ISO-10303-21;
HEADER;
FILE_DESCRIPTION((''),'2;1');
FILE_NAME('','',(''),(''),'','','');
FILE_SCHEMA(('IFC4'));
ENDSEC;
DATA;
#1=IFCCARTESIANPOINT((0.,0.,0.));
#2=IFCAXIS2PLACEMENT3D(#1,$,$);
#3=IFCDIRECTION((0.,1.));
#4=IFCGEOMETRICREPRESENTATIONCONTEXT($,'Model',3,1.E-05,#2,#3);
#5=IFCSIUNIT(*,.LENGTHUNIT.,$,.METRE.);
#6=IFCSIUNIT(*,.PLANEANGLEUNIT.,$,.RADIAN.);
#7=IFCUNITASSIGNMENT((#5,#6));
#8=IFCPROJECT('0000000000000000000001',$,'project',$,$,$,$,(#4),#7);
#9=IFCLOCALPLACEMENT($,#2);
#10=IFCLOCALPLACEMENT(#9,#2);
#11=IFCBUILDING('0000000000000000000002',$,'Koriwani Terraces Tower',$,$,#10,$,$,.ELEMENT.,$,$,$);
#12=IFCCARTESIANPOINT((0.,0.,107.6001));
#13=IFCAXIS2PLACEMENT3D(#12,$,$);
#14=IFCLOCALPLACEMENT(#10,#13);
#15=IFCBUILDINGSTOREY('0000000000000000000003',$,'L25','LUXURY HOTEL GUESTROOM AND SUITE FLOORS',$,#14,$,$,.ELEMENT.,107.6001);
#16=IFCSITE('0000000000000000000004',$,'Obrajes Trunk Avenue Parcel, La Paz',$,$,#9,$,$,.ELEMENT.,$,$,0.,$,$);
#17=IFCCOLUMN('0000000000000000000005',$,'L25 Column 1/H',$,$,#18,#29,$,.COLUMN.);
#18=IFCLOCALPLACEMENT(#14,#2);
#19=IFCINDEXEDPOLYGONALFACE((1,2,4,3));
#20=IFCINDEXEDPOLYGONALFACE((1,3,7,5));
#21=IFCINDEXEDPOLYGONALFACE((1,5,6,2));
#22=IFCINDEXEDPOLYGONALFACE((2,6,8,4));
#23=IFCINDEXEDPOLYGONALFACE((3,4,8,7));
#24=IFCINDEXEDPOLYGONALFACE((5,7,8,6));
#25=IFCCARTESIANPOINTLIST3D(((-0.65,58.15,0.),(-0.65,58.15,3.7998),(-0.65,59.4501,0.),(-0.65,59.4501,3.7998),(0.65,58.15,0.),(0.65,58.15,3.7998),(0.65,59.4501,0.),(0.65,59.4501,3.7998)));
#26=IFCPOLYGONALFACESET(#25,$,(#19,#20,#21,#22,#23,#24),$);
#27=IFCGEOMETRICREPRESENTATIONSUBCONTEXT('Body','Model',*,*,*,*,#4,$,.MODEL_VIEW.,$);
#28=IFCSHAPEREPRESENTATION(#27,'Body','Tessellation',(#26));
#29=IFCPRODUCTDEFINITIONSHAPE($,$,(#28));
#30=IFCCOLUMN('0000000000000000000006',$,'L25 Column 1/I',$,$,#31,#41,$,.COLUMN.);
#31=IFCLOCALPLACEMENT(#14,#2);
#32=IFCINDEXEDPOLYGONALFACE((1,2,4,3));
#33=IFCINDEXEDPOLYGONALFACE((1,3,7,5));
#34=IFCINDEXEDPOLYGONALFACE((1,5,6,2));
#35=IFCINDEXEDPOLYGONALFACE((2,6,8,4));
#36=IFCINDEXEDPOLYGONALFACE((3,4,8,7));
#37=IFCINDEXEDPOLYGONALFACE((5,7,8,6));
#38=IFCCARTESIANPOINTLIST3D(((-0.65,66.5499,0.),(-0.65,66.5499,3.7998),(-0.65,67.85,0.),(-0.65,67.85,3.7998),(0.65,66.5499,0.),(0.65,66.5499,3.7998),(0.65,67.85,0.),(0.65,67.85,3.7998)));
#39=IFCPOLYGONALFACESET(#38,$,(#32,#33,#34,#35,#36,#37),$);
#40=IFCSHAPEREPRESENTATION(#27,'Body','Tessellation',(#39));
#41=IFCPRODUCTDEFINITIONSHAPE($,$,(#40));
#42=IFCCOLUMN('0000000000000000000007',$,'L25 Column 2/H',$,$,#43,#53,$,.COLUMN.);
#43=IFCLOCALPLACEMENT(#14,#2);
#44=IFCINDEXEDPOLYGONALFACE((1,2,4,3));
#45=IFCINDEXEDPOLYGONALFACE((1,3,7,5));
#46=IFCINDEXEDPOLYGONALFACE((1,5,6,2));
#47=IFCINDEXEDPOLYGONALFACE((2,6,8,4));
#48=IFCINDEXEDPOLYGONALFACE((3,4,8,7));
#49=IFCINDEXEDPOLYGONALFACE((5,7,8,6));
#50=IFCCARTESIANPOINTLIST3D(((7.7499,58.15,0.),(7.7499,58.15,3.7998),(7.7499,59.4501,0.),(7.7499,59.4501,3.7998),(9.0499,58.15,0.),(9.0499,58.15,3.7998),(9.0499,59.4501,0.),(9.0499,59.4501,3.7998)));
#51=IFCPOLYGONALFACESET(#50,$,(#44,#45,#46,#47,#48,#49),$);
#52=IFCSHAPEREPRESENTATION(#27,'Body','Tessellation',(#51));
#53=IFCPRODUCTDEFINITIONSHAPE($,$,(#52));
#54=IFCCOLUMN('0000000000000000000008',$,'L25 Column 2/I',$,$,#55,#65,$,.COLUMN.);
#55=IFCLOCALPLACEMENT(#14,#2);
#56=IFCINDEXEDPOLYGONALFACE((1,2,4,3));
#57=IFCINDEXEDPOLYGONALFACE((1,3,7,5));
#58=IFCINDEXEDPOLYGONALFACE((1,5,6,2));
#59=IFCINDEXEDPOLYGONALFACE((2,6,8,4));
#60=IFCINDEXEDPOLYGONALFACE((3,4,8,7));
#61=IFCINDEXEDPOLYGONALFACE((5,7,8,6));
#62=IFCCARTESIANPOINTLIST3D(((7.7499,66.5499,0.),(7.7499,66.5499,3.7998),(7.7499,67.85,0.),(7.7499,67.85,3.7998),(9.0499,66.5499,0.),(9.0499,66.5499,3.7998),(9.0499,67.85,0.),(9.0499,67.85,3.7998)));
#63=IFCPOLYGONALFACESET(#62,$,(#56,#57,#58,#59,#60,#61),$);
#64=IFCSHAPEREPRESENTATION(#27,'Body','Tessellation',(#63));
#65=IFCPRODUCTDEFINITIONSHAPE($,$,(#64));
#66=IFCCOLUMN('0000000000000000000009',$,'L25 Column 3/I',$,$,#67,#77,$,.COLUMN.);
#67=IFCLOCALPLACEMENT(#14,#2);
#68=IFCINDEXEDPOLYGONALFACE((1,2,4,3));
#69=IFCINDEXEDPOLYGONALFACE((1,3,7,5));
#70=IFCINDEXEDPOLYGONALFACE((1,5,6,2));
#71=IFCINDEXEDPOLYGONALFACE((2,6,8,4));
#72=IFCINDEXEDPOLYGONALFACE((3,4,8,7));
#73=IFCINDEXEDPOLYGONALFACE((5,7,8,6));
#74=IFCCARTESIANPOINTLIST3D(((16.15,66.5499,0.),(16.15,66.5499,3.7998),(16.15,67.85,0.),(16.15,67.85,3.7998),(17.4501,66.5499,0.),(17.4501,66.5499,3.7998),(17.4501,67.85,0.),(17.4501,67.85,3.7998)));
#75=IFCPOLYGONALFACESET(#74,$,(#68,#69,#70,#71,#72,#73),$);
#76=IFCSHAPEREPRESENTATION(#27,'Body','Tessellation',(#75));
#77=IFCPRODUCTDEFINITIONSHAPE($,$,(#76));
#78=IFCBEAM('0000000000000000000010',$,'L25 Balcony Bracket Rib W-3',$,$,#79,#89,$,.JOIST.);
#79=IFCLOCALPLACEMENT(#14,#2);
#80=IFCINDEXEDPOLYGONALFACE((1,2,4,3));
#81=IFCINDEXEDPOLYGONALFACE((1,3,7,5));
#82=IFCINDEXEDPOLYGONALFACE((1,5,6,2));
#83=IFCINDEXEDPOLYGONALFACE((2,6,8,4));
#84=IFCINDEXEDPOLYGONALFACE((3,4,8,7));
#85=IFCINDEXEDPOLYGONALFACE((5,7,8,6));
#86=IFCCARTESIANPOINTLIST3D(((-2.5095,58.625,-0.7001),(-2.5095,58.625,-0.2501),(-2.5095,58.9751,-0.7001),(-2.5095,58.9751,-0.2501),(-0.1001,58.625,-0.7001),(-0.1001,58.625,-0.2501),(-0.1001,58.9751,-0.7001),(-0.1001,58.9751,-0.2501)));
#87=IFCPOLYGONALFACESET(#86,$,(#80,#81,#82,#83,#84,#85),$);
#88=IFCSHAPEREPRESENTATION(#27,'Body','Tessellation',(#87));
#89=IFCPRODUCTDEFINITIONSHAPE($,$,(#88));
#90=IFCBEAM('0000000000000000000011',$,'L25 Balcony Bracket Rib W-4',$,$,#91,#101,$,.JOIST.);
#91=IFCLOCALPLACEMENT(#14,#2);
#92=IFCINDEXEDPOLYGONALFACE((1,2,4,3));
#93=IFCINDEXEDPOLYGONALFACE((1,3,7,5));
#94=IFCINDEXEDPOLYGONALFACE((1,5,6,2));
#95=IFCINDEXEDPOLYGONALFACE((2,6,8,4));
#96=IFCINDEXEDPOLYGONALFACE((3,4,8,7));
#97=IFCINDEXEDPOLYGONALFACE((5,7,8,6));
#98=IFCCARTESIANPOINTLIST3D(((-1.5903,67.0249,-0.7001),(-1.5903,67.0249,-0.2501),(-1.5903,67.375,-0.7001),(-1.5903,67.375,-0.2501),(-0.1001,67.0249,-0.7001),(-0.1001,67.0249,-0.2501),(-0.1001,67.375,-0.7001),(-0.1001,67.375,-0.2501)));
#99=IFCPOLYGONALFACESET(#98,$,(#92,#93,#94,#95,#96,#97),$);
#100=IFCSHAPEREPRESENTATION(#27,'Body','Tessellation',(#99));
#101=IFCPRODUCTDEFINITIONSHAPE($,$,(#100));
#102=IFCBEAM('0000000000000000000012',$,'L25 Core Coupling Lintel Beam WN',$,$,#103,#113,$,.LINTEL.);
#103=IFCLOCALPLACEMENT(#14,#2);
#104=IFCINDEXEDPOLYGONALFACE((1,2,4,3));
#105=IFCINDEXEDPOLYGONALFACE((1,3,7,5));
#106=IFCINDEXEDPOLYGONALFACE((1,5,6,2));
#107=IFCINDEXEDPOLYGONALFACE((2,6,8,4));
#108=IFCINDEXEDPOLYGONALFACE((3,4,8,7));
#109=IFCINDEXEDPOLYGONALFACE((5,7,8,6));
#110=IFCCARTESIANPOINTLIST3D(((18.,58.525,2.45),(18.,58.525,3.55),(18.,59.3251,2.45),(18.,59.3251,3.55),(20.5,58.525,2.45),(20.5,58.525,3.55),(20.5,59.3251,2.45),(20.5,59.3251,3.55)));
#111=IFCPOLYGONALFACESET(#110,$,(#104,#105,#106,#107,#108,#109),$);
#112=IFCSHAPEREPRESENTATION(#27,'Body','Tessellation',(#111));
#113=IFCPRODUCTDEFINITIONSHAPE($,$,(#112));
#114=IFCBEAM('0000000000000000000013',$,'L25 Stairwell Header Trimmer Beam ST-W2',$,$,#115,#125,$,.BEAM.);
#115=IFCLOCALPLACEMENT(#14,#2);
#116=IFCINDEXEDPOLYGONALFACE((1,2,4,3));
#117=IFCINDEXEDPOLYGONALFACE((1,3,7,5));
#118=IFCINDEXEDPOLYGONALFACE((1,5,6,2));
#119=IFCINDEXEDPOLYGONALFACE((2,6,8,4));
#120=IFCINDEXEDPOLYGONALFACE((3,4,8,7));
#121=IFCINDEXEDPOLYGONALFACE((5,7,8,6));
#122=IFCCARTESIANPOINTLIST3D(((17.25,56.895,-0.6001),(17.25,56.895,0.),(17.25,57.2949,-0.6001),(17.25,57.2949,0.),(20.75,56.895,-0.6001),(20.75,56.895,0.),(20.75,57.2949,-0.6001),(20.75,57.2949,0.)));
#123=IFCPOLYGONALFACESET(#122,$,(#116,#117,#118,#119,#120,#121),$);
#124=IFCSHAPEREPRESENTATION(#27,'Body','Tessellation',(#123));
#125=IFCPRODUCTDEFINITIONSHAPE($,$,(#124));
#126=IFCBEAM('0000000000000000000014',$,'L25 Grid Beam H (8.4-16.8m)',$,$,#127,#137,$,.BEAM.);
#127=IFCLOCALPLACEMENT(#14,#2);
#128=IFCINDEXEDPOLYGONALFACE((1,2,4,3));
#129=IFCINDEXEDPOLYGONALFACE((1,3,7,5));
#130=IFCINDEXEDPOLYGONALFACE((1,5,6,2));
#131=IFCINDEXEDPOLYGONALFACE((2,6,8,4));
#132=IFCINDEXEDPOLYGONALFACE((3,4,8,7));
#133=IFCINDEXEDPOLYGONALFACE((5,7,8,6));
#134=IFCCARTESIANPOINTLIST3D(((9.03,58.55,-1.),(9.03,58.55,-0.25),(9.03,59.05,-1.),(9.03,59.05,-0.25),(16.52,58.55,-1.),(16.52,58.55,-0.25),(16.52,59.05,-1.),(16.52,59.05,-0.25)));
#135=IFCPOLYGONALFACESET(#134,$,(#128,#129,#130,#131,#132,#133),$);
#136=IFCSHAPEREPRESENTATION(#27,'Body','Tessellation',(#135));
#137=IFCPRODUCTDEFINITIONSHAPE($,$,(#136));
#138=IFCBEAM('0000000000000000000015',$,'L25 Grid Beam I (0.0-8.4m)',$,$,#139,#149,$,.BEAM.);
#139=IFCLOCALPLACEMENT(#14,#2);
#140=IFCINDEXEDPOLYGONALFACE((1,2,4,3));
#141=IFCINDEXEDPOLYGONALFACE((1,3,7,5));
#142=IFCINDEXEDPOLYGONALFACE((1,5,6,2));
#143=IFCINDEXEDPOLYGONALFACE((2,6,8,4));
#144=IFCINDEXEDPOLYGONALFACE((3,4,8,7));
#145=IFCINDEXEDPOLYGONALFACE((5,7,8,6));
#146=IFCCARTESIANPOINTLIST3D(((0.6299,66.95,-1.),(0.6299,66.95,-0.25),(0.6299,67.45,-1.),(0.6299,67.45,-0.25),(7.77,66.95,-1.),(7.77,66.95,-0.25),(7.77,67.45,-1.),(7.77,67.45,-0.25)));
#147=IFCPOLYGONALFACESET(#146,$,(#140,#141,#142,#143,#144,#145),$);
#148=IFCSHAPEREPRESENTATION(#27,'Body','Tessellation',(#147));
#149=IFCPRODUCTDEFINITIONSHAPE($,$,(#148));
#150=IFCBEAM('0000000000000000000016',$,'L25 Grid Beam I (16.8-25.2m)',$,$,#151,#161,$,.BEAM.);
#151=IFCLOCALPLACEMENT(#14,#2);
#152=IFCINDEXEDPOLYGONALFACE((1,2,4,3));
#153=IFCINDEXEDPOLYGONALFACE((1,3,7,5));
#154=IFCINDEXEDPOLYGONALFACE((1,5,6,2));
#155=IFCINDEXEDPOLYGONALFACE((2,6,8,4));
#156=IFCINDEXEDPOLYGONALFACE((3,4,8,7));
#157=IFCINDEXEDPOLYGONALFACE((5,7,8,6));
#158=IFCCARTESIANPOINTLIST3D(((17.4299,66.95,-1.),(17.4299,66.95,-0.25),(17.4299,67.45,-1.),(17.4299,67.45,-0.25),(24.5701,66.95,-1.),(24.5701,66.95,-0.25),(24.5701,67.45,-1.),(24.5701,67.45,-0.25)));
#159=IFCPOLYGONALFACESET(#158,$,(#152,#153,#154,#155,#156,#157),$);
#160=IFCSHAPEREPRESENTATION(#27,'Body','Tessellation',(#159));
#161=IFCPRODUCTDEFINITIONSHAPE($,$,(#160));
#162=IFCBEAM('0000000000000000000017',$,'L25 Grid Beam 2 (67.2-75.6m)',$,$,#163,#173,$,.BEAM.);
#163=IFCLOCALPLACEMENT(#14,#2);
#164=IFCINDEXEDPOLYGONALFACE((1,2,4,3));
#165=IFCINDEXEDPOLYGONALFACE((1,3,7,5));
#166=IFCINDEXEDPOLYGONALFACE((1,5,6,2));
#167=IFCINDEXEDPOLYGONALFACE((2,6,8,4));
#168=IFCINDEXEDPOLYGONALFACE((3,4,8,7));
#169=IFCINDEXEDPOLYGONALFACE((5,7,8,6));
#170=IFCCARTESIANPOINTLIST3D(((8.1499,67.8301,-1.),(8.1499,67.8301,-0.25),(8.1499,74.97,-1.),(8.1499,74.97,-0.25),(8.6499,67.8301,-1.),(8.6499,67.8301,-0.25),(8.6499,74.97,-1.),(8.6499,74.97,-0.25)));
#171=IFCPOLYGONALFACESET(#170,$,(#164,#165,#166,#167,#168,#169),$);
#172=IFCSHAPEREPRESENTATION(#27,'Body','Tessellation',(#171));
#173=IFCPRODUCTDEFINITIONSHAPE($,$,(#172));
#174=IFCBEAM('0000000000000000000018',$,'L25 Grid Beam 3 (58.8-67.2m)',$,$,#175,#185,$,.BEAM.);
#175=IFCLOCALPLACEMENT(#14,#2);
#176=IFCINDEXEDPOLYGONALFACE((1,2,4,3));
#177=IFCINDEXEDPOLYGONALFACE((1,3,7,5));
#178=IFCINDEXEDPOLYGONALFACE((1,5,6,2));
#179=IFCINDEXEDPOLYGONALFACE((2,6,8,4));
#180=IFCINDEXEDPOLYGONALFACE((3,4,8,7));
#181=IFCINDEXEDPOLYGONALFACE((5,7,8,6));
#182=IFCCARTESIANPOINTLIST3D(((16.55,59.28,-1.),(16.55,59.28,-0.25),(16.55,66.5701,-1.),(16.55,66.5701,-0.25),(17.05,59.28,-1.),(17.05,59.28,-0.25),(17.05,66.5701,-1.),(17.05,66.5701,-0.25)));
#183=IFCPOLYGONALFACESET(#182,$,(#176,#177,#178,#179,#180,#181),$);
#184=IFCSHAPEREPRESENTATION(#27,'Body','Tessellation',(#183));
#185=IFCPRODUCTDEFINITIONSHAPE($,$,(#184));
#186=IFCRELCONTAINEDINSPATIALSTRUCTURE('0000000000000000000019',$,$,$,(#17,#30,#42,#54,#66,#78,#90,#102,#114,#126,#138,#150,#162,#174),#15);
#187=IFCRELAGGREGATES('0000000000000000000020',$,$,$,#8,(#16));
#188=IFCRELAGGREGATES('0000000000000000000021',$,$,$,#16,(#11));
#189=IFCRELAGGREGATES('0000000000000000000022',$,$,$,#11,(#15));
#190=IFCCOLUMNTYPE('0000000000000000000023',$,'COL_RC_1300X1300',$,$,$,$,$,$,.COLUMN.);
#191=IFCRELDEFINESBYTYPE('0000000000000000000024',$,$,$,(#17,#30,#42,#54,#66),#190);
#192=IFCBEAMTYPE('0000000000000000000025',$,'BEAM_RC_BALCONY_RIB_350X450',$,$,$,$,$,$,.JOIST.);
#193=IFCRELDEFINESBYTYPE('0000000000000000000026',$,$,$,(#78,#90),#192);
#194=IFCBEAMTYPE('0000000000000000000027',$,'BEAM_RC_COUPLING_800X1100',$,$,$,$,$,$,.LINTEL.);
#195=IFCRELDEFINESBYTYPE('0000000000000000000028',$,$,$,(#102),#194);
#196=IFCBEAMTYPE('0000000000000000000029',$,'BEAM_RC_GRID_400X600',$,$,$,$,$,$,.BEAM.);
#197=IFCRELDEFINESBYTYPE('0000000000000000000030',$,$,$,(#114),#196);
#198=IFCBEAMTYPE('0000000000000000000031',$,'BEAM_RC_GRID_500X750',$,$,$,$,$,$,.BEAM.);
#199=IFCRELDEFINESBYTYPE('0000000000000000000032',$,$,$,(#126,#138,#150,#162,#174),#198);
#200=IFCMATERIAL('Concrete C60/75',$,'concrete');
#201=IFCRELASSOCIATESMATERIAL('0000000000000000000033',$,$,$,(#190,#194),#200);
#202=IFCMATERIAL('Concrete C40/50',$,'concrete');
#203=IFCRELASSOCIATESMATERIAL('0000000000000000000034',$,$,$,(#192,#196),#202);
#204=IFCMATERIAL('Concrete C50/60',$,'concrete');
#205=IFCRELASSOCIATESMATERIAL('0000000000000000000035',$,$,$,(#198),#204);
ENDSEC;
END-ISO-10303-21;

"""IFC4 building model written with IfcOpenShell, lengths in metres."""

from ifc_helpers import new_model, si_unit, direction, frame, origin, origin_2d, place, context, subcontext, project, spatial, rectangle, extrude, material, material_profile, profile_set, type_object, element, save


model = new_model("IFC4")

# Units and contexts
model_context = context("Model", 3, precision=1e-05, world=origin(), true_north=direction((0.0, 1.0)))
body_context = subcontext(model_context, "Body", "Model", "MODEL_VIEW")
ifc_project = project(units=[si_unit("LENGTHUNIT", "METRE"), si_unit("PLANEANGLEUNIT", "RADIAN")], contexts=[model_context])

# Site, building, storey
site_placement = place(None, origin())
site = spatial("IfcSite", under=ifc_project, at=site_placement, Name="Obrajes Trunk Avenue Parcel, La Paz", CompositionType="ELEMENT", RefElevation=0.0)
building_placement = place(site_placement, origin())
building = spatial("IfcBuilding", under=site, at=building_placement, Name="Koriwani Terraces Tower", CompositionType="ELEMENT")
storey_placement = place(building_placement, frame((0.0, 0.0, 107.6001)))
storey = spatial("IfcBuildingStorey", under=building, at=storey_placement, Name="L25", Description="LUXURY HOTEL GUESTROOM AND SUITE FLOORS", CompositionType="ELEMENT", Elevation=107.6001)

# Columns
ifc_material_1 = material(Name="Concrete C60/75", Category="concrete")
ifc_material_profile_1 = material_profile(ifc_material_1, rectangle(XDim=1.3, YDim=1.3, at=origin_2d()), Name="Concrete C60/75", Category="LoadBearing")
ifc_profile_set_1 = profile_set([ifc_material_profile_1], Name="Concrete C60/75")
column_type = type_object("IfcColumnType", Name="COL_RC_1300X1300", PredefinedType="COLUMN", material=ifc_profile_set_1)
for number, where, z_axis, x_axis, name in (
    (1, (0.0, 58.8, 0.0), (0.0, 0.0, 1.0), (1.0, 0.0, 0.0), "L25 Column 1/H"),
    (2, (0.0, 67.2, 0.0), (0.0, 0.0, 1.0), (1.0, 0.0, 0.0), "L25 Column 1/I"),
    (3, (8.3999, 58.8, 0.0), (0.0, 0.0, 1.0), (1.0, 0.0, 0.0), "L25 Column 2/H"),
    (4, (8.3999, 67.2, 0.0), (0.0, 0.0, 1.0), (1.0, 0.0, 0.0), "L25 Column 2/I"),
    (5, (16.8, 67.2, 0.0), (0.0, 0.0, 1.0), (1.0, 0.0, 0.0), "L25 Column 3/I"),
):
    element("IfcColumn", number, at=place(storey_placement, frame(where, z_axis=z_axis, x_axis=x_axis)), inside=storey, type_object=column_type, Name=name, PredefinedType="COLUMN", context=body_context, shape_type="SweptSolid", body=[
        extrude(rectangle(XDim=1.3, YDim=1.3, at=origin_2d()), origin(), (0.0, 0.0, 1.0), 3.7998),
    ])

# Beams
ifc_material_2 = material(Name="Concrete C40/50", Category="concrete")
ifc_material_profile_2 = material_profile(ifc_material_2, rectangle(XDim=0.3501, YDim=0.45, at=origin_2d()), Name="Concrete C40/50", Category="LoadBearing")
ifc_profile_set_2 = profile_set([ifc_material_profile_2], Name="Concrete C40/50")
beam_type_1 = type_object("IfcBeamType", Name="BEAM_RC_BALCONY_RIB_350X450", PredefinedType="JOIST", material=ifc_profile_set_2)
beam_1_placement = place(storey_placement, frame((-2.5095, 58.8, -0.4751), z_axis=(1.0, 0.0, 0.0), x_axis=(0.0, 1.0, 0.0)))
element("IfcBeam", 6, at=beam_1_placement, inside=storey, type_object=beam_type_1, Name="L25 Balcony Bracket Rib W-3", PredefinedType="JOIST", context=body_context, shape_type="SweptSolid", body=[
    extrude(rectangle(XDim=0.3501, YDim=0.45, at=origin_2d()), origin(), (0.0, 0.0, 1.0), 2.4094),
])
beam_2_placement = place(storey_placement, frame((-1.5903, 67.2, -0.4751), z_axis=(1.0, 0.0, 0.0), x_axis=(0.0, 1.0, 0.0)))
element("IfcBeam", 7, at=beam_2_placement, inside=storey, type_object=beam_type_1, Name="L25 Balcony Bracket Rib W-4", PredefinedType="JOIST", context=body_context, shape_type="SweptSolid", body=[
    extrude(rectangle(XDim=0.3501, YDim=0.45, at=origin_2d()), origin(), (0.0, 0.0, 1.0), 1.4902),
])
ifc_material_profile_3 = material_profile(ifc_material_1, rectangle(XDim=0.8, YDim=1.1001, at=origin_2d()), Name="Concrete C60/75", Category="LoadBearing")
ifc_profile_set_3 = profile_set([ifc_material_profile_3], Name="Concrete C60/75")
beam_type_2 = type_object("IfcBeamType", Name="BEAM_RC_COUPLING_800X1100", PredefinedType="LINTEL", material=ifc_profile_set_3)
beam_3_placement = place(storey_placement, frame((18.0, 58.925, 3.0), z_axis=(1.0, 0.0, 0.0), x_axis=(0.0, 1.0, 0.0)))
element("IfcBeam", 8, at=beam_3_placement, inside=storey, type_object=beam_type_2, Name="L25 Core Coupling Lintel Beam WN", PredefinedType="LINTEL", context=body_context, shape_type="SweptSolid", body=[
    extrude(rectangle(XDim=0.8, YDim=1.1001, at=origin_2d()), origin(), (0.0, 0.0, 1.0), 2.5),
])
ifc_material_profile_4 = material_profile(ifc_material_2, rectangle(XDim=0.3999, YDim=0.6001, at=origin_2d()), Name="Concrete C40/50", Category="LoadBearing")
ifc_profile_set_4 = profile_set([ifc_material_profile_4], Name="Concrete C40/50")
beam_type_3 = type_object("IfcBeamType", Name="BEAM_RC_GRID_400X600", PredefinedType="BEAM", material=ifc_profile_set_4)
beam_4_placement = place(storey_placement, frame((17.25, 57.095, -0.3), z_axis=(1.0, 0.0, 0.0), x_axis=(0.0, 1.0, 0.0)))
element("IfcBeam", 9, at=beam_4_placement, inside=storey, type_object=beam_type_3, Name="L25 Stairwell Header Trimmer Beam ST-W2", PredefinedType="BEAM", context=body_context, shape_type="SweptSolid", body=[
    extrude(rectangle(XDim=0.3999, YDim=0.6001, at=origin_2d()), origin(), (0.0, 0.0, 1.0), 3.5),
])
ifc_material_3 = material(Name="Concrete C50/60", Category="concrete")
ifc_material_profile_5 = material_profile(ifc_material_3, rectangle(XDim=0.5, YDim=0.75, at=origin_2d()), Name="Concrete C50/60", Category="LoadBearing")
ifc_profile_set_5 = profile_set([ifc_material_profile_5], Name="Concrete C50/60")
beam_type_4 = type_object("IfcBeamType", Name="BEAM_RC_GRID_500X750", PredefinedType="BEAM", material=ifc_profile_set_5)
beam_5_placement = place(storey_placement, frame((9.03, 58.8, -0.625), z_axis=(1.0, 0.0, 0.0), x_axis=(0.0, 1.0, 0.0)))
element("IfcBeam", 10, at=beam_5_placement, inside=storey, type_object=beam_type_4, Name="L25 Grid Beam H (8.4-16.8m)", PredefinedType="BEAM", context=body_context, shape_type="SweptSolid", body=[
    extrude(rectangle(XDim=0.5, YDim=0.75, at=origin_2d()), origin(), (0.0, 0.0, 1.0), 7.49),
])
for number, where, z_axis, x_axis, name in (
    (11, (0.6299, 67.2, -0.625), (1.0, 0.0, 0.0), (0.0, 1.0, 0.0), "L25 Grid Beam I (0.0-8.4m)"),
    (12, (17.4299, 67.2, -0.625), (1.0, 0.0, 0.0), (0.0, 1.0, 0.0), "L25 Grid Beam I (16.8-25.2m)"),
):
    element("IfcBeam", number, at=place(storey_placement, frame(where, z_axis=z_axis, x_axis=x_axis)), inside=storey, type_object=beam_type_4, Name=name, PredefinedType="BEAM", context=body_context, shape_type="SweptSolid", body=[
        extrude(rectangle(XDim=0.5, YDim=0.75, at=origin_2d()), origin(), (0.0, 0.0, 1.0), 7.1401),
    ])
beam_6_placement = place(storey_placement, frame((8.3999, 67.8301, -0.625), z_axis=(0.0, 1.0, 0.0), x_axis=(-1.0, 0.0, 0.0)))
element("IfcBeam", 13, at=beam_6_placement, inside=storey, type_object=beam_type_4, Name="L25 Grid Beam 2 (67.2-75.6m)", PredefinedType="BEAM", context=body_context, shape_type="SweptSolid", body=[
    extrude(rectangle(XDim=0.5, YDim=0.75, at=origin_2d()), origin(), (0.0, 0.0, 1.0), 7.1399),
])
beam_7_placement = place(storey_placement, frame((16.8, 59.28, -0.625), z_axis=(0.0, 1.0, 0.0), x_axis=(-1.0, 0.0, 0.0)))
element("IfcBeam", 14, at=beam_7_placement, inside=storey, type_object=beam_type_4, Name="L25 Grid Beam 3 (58.8-67.2m)", PredefinedType="BEAM", context=body_context, shape_type="SweptSolid", body=[
    extrude(rectangle(XDim=0.5, YDim=0.75, at=origin_2d()), origin(), (0.0, 0.0, 1.0), 7.29),
])

save(model, "model.ifc")
